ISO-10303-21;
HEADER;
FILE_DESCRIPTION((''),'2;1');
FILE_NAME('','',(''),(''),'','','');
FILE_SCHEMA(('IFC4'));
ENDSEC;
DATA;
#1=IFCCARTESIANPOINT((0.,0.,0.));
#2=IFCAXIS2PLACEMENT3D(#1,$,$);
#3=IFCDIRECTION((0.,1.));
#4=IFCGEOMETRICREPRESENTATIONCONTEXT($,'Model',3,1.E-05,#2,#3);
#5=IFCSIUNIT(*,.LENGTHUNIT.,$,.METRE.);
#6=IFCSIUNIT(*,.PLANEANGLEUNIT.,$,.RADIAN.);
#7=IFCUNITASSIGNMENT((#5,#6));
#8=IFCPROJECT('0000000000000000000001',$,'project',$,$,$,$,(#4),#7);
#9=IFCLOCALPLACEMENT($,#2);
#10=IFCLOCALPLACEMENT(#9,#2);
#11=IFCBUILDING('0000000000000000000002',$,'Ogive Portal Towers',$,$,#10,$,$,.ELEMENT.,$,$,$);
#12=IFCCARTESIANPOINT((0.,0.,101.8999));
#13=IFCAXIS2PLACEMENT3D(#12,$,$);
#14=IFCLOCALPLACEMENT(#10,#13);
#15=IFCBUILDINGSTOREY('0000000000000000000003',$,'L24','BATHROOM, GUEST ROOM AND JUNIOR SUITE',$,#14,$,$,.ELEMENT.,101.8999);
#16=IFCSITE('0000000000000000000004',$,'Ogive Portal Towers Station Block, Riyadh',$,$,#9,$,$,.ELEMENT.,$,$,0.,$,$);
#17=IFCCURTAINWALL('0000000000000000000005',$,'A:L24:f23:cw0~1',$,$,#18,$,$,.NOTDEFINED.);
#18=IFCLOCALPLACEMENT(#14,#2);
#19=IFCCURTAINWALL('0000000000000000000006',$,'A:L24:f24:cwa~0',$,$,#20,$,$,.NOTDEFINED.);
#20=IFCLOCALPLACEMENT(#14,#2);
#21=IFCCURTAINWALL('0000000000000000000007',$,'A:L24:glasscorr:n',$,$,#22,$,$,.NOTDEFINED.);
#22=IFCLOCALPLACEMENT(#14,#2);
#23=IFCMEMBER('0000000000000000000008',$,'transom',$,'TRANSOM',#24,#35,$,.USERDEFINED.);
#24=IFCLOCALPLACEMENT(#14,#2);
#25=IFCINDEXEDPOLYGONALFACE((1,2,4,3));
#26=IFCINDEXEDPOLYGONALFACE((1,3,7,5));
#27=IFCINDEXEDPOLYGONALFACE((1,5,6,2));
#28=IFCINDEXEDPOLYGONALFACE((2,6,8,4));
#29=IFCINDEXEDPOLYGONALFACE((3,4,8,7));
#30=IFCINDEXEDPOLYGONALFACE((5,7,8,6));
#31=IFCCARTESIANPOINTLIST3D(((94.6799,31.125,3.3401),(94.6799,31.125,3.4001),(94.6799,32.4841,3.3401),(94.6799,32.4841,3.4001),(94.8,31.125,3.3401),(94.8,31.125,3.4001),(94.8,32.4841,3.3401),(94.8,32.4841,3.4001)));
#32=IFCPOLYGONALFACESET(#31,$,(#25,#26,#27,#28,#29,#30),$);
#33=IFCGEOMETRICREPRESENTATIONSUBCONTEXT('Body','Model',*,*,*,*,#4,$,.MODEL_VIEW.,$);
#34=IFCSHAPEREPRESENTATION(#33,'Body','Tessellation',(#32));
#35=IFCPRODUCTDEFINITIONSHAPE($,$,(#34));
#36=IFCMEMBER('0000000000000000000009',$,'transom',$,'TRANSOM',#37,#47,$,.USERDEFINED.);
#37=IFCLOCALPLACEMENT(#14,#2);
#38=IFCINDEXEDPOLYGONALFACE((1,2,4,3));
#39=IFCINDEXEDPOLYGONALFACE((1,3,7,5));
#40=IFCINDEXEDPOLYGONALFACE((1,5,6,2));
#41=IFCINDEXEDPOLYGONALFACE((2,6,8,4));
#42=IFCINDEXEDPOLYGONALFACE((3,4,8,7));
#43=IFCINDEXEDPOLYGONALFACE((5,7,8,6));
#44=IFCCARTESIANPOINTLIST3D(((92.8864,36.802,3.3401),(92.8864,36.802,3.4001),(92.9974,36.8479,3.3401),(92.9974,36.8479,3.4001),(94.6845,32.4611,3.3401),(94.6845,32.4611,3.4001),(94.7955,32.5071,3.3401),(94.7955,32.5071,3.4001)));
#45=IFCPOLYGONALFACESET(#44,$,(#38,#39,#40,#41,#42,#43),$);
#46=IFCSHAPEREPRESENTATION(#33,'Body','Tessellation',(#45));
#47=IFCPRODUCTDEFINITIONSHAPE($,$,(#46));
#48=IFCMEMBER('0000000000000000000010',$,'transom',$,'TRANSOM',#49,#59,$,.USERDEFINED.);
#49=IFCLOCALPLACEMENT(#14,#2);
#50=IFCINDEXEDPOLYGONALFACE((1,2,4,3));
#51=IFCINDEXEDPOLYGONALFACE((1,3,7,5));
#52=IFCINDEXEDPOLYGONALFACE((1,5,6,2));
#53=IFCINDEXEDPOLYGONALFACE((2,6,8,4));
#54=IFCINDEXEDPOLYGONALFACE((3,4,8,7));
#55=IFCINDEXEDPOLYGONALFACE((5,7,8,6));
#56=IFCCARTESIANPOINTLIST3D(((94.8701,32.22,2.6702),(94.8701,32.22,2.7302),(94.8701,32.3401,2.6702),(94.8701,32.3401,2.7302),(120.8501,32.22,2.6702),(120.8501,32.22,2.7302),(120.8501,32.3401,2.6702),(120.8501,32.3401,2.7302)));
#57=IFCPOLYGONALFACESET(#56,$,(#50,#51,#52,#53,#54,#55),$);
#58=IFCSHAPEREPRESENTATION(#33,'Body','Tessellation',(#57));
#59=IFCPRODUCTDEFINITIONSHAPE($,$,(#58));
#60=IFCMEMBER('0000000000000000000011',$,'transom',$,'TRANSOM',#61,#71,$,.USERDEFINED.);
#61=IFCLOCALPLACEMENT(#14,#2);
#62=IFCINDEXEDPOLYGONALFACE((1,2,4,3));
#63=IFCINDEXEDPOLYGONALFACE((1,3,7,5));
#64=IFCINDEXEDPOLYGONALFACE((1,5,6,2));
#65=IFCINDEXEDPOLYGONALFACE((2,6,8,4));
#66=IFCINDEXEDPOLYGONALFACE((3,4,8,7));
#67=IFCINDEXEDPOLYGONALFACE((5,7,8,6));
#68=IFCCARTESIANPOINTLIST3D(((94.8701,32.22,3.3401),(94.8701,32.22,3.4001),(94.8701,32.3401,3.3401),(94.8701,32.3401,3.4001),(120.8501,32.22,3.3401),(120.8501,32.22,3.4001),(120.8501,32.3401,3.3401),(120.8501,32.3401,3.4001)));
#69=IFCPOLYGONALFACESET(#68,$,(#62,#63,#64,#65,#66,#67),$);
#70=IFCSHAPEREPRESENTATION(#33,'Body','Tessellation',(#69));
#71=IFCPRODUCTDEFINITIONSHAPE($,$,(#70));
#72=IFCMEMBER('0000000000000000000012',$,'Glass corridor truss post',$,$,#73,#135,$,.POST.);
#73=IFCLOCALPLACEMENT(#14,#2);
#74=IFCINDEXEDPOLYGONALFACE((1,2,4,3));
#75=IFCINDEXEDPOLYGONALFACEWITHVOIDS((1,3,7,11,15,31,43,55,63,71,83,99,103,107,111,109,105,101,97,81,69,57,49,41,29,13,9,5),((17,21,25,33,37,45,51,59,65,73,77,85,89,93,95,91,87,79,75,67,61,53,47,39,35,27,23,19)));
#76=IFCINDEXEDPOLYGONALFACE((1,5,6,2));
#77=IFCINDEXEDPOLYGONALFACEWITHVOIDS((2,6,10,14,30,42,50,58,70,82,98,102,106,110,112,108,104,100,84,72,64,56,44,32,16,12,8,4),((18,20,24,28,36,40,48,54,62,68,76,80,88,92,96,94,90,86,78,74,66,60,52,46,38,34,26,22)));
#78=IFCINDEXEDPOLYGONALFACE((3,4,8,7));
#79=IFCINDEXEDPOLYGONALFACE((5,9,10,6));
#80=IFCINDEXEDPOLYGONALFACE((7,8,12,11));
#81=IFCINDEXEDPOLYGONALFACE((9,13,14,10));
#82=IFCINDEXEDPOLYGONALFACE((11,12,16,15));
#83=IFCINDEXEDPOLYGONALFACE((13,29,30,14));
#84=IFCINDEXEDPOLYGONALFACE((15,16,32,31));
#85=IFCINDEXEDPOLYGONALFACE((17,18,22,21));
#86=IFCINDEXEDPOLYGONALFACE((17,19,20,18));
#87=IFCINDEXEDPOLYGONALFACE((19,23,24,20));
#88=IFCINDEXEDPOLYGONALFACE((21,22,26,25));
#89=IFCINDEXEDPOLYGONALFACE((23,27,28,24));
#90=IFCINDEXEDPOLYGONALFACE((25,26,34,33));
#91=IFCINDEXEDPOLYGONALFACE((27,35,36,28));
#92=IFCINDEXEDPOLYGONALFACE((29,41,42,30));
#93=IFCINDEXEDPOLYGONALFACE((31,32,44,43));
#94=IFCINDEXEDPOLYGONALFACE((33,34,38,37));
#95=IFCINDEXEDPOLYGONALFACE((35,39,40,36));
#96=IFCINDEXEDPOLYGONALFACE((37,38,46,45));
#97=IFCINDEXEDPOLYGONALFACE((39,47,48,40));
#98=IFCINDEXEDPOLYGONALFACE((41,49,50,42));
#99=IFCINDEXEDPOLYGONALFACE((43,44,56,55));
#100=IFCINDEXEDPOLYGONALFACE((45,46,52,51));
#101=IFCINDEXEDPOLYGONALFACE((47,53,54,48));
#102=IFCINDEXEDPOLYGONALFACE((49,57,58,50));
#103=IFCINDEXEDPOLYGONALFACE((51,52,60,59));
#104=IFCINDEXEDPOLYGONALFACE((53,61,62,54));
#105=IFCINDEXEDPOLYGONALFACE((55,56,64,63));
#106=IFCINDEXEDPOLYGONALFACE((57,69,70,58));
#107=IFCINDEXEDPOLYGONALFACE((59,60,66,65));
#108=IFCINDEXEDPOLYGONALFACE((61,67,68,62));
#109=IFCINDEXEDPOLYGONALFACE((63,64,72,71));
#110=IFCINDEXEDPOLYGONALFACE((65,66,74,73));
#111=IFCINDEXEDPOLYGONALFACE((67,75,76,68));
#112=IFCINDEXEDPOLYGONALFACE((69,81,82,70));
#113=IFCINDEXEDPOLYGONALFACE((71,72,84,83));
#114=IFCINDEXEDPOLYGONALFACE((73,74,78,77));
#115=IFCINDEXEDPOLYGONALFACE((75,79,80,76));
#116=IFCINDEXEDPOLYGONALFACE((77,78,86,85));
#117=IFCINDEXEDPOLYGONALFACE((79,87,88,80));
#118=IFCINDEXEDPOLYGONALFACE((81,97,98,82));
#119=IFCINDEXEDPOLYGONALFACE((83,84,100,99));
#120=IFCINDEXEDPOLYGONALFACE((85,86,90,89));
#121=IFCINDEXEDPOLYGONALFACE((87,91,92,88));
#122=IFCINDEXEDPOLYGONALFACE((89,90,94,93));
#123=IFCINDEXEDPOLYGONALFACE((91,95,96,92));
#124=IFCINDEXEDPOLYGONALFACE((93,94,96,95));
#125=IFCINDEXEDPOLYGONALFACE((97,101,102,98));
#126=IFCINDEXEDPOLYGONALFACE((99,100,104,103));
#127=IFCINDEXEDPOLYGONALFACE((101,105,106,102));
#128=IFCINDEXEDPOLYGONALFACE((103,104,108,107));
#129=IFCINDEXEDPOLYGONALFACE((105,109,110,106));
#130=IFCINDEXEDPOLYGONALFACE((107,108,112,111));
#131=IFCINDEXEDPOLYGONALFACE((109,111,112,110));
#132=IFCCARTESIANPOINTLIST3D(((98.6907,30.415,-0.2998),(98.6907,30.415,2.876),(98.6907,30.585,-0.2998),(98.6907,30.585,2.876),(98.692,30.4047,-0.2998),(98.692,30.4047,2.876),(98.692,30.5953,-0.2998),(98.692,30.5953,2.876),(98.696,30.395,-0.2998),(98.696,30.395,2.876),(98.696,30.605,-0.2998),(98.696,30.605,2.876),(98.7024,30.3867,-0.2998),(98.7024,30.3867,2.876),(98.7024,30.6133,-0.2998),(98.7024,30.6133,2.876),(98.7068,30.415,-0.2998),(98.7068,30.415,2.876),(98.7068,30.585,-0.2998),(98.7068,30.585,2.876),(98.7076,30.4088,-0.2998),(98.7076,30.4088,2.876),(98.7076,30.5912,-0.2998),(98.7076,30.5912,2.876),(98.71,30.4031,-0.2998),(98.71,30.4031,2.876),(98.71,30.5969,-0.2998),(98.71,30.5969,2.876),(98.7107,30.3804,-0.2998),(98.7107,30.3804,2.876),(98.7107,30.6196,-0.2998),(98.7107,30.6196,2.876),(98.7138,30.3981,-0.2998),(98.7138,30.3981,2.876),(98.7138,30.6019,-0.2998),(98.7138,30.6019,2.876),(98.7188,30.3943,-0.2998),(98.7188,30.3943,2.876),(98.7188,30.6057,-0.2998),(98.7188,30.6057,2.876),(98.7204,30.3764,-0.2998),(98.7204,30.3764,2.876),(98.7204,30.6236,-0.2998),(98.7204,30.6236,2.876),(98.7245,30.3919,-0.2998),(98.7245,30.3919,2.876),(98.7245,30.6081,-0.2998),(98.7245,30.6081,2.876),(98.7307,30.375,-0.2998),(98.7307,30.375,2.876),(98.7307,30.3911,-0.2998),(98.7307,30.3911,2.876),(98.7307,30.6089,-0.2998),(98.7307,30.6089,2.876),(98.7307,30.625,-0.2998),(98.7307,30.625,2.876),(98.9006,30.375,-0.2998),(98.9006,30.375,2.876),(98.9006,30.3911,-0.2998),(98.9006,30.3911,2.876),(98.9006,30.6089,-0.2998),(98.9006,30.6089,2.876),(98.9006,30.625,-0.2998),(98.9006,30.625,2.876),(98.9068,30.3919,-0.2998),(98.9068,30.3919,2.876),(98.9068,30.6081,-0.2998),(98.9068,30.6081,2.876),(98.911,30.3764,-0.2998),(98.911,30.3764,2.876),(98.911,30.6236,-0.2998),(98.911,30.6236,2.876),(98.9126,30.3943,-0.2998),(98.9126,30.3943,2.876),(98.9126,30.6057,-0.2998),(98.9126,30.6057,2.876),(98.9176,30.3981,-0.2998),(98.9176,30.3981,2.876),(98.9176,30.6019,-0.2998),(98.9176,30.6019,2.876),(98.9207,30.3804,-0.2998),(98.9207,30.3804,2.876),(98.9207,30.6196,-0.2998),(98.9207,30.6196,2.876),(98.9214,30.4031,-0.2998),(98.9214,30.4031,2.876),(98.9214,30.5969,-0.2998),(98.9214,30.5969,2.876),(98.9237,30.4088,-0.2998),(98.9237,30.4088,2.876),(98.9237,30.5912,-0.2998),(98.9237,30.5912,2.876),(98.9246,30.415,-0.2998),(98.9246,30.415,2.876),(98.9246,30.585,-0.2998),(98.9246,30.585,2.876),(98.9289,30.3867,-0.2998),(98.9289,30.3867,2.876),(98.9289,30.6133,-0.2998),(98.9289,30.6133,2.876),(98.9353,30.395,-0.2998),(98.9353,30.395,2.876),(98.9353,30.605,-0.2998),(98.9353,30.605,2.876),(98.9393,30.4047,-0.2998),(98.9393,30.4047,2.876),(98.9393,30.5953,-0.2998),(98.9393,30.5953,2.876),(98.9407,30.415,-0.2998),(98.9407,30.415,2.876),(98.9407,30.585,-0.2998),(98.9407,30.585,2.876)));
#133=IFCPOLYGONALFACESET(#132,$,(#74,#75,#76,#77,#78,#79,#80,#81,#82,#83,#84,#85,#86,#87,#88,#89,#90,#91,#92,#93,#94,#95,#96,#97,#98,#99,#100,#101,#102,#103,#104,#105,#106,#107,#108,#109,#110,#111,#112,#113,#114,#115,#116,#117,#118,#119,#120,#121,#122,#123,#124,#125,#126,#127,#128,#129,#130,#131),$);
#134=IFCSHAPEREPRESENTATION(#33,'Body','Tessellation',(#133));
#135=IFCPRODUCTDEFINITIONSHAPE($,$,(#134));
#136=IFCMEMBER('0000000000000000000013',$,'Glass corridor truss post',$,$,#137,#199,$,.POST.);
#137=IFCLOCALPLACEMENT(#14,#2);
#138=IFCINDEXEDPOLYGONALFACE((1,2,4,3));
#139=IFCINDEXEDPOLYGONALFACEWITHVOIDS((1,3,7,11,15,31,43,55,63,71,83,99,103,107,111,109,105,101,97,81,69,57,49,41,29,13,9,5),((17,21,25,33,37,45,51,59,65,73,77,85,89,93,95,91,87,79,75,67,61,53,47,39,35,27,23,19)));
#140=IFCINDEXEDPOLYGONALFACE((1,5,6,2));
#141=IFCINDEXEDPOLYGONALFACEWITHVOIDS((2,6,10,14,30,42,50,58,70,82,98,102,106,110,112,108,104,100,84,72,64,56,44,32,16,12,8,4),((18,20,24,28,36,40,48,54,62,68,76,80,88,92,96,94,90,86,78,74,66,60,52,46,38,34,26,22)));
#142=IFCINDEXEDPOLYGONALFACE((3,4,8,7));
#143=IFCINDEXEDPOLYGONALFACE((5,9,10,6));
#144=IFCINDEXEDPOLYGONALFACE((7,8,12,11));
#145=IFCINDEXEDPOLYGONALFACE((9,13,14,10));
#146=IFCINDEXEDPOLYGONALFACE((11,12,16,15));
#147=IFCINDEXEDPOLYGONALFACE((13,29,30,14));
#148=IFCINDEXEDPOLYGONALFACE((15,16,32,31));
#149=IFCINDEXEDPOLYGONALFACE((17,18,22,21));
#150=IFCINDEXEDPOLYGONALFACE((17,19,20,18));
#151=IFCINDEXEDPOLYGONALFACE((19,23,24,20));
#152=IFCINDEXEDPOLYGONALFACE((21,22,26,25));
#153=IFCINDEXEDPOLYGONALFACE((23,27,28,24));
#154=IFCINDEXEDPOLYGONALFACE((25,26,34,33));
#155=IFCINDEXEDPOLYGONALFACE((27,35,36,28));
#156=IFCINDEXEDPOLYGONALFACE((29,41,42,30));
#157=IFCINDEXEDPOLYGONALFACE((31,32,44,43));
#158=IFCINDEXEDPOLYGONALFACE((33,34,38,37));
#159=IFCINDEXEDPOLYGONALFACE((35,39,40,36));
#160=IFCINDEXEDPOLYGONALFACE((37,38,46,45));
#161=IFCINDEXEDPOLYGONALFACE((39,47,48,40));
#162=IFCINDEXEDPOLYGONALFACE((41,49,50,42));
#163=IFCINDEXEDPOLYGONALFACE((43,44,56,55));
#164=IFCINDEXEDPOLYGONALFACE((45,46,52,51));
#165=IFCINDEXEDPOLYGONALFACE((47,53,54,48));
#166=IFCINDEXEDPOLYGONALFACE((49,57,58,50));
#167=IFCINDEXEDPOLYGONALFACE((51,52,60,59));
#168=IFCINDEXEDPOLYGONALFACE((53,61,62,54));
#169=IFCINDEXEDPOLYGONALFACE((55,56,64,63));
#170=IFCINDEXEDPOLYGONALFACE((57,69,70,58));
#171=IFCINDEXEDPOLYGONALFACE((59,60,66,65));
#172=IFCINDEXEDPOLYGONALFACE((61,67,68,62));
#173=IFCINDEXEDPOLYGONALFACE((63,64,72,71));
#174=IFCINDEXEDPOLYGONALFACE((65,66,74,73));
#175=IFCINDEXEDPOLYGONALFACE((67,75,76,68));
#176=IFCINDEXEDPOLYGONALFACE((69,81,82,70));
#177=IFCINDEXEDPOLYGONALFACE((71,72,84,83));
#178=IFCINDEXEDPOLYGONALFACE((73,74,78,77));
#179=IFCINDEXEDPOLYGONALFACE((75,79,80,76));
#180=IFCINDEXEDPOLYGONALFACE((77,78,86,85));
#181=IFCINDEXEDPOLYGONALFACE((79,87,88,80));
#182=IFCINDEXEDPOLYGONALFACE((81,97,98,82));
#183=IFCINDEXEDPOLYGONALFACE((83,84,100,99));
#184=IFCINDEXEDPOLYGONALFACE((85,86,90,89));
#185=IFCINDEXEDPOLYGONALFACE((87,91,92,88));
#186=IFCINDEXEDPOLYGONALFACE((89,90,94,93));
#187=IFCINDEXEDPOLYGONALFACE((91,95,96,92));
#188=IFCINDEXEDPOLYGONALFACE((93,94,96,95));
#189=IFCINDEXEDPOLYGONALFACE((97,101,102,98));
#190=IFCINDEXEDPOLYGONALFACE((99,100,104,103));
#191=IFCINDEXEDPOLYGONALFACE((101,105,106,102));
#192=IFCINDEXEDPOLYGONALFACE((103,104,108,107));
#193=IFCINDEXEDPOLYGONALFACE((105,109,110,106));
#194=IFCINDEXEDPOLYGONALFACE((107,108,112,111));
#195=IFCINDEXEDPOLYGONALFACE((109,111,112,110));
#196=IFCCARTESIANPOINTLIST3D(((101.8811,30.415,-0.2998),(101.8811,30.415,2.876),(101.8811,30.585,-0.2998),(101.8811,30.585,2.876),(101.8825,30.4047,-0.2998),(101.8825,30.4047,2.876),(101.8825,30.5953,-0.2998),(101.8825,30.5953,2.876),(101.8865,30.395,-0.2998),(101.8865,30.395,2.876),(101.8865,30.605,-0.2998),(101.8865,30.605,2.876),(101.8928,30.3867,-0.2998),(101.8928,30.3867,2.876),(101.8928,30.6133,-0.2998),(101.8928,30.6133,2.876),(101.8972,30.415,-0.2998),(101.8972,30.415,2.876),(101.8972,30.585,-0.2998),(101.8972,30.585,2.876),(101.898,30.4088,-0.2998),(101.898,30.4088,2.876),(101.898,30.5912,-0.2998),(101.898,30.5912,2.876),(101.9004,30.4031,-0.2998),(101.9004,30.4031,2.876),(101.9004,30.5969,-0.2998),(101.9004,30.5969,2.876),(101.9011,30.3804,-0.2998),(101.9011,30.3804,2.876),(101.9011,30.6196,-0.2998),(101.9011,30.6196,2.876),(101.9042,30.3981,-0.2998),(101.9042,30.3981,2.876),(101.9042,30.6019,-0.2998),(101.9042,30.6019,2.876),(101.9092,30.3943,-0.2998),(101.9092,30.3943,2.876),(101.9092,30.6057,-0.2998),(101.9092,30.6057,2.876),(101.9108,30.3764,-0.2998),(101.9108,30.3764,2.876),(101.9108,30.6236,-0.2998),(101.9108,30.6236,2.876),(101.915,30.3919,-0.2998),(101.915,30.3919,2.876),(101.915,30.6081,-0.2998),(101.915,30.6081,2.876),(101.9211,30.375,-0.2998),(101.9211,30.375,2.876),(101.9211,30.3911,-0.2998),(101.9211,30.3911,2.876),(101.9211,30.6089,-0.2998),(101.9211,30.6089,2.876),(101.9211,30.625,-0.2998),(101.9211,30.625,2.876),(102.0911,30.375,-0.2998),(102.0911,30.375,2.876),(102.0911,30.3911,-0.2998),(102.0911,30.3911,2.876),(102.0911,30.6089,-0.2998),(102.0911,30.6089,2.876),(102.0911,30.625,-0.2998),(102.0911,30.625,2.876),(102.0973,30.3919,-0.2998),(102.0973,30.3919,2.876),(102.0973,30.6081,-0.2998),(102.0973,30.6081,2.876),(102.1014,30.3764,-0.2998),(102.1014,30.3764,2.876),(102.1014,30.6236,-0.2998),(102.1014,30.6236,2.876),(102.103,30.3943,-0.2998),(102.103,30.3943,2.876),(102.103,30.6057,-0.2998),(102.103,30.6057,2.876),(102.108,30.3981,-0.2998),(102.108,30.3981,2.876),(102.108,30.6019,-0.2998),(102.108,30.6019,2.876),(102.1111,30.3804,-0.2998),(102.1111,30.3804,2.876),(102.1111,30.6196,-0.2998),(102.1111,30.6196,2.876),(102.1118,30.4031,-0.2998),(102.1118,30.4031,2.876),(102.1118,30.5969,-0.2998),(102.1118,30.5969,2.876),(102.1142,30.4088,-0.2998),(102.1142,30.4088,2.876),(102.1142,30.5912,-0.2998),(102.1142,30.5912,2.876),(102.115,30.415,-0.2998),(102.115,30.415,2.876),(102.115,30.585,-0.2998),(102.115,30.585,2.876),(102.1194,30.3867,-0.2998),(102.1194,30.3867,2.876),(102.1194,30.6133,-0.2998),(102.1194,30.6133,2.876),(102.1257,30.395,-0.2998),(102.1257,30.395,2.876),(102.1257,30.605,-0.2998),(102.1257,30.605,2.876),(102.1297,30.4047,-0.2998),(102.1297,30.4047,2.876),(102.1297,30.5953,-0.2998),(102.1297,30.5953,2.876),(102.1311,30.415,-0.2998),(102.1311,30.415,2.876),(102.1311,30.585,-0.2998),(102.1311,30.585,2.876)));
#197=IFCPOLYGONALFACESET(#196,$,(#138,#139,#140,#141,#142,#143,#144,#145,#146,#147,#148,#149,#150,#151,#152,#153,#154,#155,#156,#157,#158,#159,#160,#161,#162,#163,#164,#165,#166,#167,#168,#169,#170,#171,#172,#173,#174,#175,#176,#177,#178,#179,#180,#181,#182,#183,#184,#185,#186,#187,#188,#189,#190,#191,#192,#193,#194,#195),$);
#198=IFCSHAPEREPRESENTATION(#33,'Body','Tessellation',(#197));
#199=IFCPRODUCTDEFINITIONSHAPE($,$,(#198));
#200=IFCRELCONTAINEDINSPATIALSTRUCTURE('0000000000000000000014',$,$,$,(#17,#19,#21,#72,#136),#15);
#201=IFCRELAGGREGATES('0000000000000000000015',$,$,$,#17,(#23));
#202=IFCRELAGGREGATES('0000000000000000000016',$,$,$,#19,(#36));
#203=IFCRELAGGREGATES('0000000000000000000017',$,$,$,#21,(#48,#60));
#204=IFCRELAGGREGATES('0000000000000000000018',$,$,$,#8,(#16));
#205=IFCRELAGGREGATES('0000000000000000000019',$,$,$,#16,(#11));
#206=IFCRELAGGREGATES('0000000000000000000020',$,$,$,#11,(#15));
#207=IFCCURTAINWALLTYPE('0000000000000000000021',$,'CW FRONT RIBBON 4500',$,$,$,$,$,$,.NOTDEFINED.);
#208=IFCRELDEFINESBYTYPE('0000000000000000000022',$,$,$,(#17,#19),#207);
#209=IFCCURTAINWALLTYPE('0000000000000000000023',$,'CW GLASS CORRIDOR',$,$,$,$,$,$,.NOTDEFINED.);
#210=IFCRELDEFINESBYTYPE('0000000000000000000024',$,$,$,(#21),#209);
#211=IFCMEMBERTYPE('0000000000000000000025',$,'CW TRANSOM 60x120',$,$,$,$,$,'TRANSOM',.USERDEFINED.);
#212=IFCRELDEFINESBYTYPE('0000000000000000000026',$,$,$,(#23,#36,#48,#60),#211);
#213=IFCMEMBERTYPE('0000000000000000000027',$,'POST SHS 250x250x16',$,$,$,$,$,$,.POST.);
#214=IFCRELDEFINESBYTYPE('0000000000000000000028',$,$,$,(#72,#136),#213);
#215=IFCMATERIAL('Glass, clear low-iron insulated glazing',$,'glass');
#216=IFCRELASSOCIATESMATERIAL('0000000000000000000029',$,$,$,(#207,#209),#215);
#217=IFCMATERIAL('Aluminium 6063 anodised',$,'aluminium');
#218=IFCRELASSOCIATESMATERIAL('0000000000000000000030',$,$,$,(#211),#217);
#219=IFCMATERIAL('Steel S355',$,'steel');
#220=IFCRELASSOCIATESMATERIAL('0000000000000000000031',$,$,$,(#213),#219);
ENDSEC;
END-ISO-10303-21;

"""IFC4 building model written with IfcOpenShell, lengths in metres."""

from ifc_helpers import new_model, si_unit, direction, frame, origin, origin_2d, place, context, subcontext, project, spatial, rectangle, hollow_rectangle, extrude, material, material_profile, profile_set, type_object, element, aggregate, save


model = new_model("IFC4")

# Units and contexts
model_context = context("Model", 3, precision=1e-05, world=origin(), true_north=direction((0.0, 1.0)))
body_context = subcontext(model_context, "Body", "Model", "MODEL_VIEW")
ifc_project = project(units=[si_unit("LENGTHUNIT", "METRE"), si_unit("PLANEANGLEUNIT", "RADIAN")], contexts=[model_context])

# Site, building, storey
site_placement = place(None, origin())
site = spatial("IfcSite", under=ifc_project, at=site_placement, Name="Ogive Portal Towers Station Block, Riyadh", CompositionType="ELEMENT", RefElevation=0.0)
building_placement = place(site_placement, origin())
building = spatial("IfcBuilding", under=site, at=building_placement, Name="Ogive Portal Towers", CompositionType="ELEMENT")
storey_placement = place(building_placement, frame((0.0, 0.0, 101.8999)))
storey = spatial("IfcBuildingStorey", under=building, at=storey_placement, Name="L24", Description="BATHROOM, GUEST ROOM AND JUNIOR SUITE", CompositionType="ELEMENT", Elevation=101.8999)

# Shared definitions
ifc_material_1 = material(Name="Steel S355", Category="steel")

# Curtain wall
ifc_material_2 = material(Name="Glass, clear low-iron insulated glazing", Category="glass")
curtain_wall_type_1 = type_object("IfcCurtainWallType", Name="CW FRONT RIBBON 4500", PredefinedType="NOTDEFINED", material=ifc_material_2)
curtain_wall_1_placement = place(storey_placement, origin())
curtain_wall_1 = element("IfcCurtainWall", 1, at=curtain_wall_1_placement, inside=storey, type_object=curtain_wall_type_1, Name="A:L24:f23:cw0~1", PredefinedType="NOTDEFINED")
ifc_material_3 = material(Name="Aluminium 6063 anodised", Category="aluminium")

# Curtain wall
curtain_wall_2_placement = place(storey_placement, origin())
curtain_wall_2 = element("IfcCurtainWall", 2, at=curtain_wall_2_placement, inside=storey, type_object=curtain_wall_type_1, Name="A:L24:f24:cwa~0", PredefinedType="NOTDEFINED")

# Curtain wall
curtain_wall_type_2 = type_object("IfcCurtainWallType", Name="CW GLASS CORRIDOR", PredefinedType="NOTDEFINED", material=ifc_material_2)
curtain_wall_3_placement = place(storey_placement, origin())
curtain_wall_3 = element("IfcCurtainWall", 3, at=curtain_wall_3_placement, inside=storey, type_object=curtain_wall_type_2, Name="A:L24:glasscorr:n", PredefinedType="NOTDEFINED")

# Members
ifc_material_profile_1 = material_profile(ifc_material_3, rectangle(XDim=0.1201, YDim=0.0601, at=origin_2d()), Name="AL 120x60")
ifc_profile_set_1 = profile_set([ifc_material_profile_1], Name="Aluminium 6063 anodised")
member_type_1 = type_object("IfcMemberType", Name="CW TRANSOM 60x120", ElementType="TRANSOM", PredefinedType="USERDEFINED", material=ifc_profile_set_1)
member_1_placement = place(storey_placement, frame((94.74, 31.125, 3.3701), z_axis=(0.0, 1.0, 0.0), x_axis=(-1.0, 0.0, 0.0)))
member_1 = element("IfcMember", 4, at=member_1_placement, type_object=member_type_1, Name="transom", ObjectType="TRANSOM", PredefinedType="USERDEFINED", context=body_context, shape_type="SweptSolid", body=[
    extrude(rectangle(XDim=0.1201, YDim=0.0601, at=origin_2d()), origin(), (0.0, 0.0, 1.0), 1.3591),
])
member_2_placement = place(storey_placement, frame((94.74, 32.4841, 3.3701), z_axis=(-0.382696, 0.923874, 0.0), x_axis=(-0.923874, -0.382696, 0.0)))
member_2 = element("IfcMember", 5, at=member_2_placement, type_object=member_type_1, Name="transom", ObjectType="TRANSOM", PredefinedType="USERDEFINED", context=body_context, shape_type="SweptSolid", body=[
    extrude(rectangle(XDim=0.1201, YDim=0.0601, at=origin_2d()), origin(), (0.0, 0.0, 1.0), 4.6985),
])
member_3_placement = place(storey_placement, frame((94.8701, 32.28, 2.7002), z_axis=(1.0, 0.0, 0.0), x_axis=(0.0, 1.0, 0.0)))
member_3 = element("IfcMember", 6, at=member_3_placement, type_object=member_type_1, Name="transom", ObjectType="TRANSOM", PredefinedType="USERDEFINED", context=body_context, shape_type="SweptSolid", body=[
    extrude(rectangle(XDim=0.1201, YDim=0.0601, at=origin_2d()), origin(), (0.0, 0.0, 1.0), 25.98),
])
member_4_placement = place(storey_placement, frame((94.8701, 32.28, 3.3701), z_axis=(1.0, 0.0, 0.0), x_axis=(0.0, 1.0, 0.0)))
member_4 = element("IfcMember", 7, at=member_4_placement, type_object=member_type_1, Name="transom", ObjectType="TRANSOM", PredefinedType="USERDEFINED", context=body_context, shape_type="SweptSolid", body=[
    extrude(rectangle(XDim=0.1201, YDim=0.0601, at=origin_2d()), origin(), (0.0, 0.0, 1.0), 25.98),
])

# Members
ifc_material_profile_2 = material_profile(ifc_material_1, hollow_rectangle(XDim=0.25, YDim=0.25, WallThickness=0.0161, InnerFilletRadius=0.0239, OuterFilletRadius=0.04, at=origin_2d()), Name="SHS 250x250x16")
ifc_profile_set_2 = profile_set([ifc_material_profile_2], Name="Steel S355")
member_type_2 = type_object("IfcMemberType", Name="POST SHS 250x250x16", PredefinedType="POST", material=ifc_profile_set_2)
for number, where, z_axis, x_axis, name in (
    (8, (98.8157, 30.5, -0.2998), (0.0, 0.0, 1.0), (1.0, 0.0, 0.0), "Glass corridor truss post"),
    (9, (102.0061, 30.5, -0.2998), (0.0, 0.0, 1.0), (1.0, 0.0, 0.0), "Glass corridor truss post"),
):
    element("IfcMember", number, at=place(storey_placement, frame(where, z_axis=z_axis, x_axis=x_axis)), inside=storey, type_object=member_type_2, Name=name, PredefinedType="POST", context=body_context, shape_type="SweptSolid", body=[
        extrude(hollow_rectangle(XDim=0.25, YDim=0.25, WallThickness=0.0161, InnerFilletRadius=0.0239, OuterFilletRadius=0.04, at=origin_2d()), origin(), (0.0, 0.0, 1.0), 3.1758),
    ])

aggregate(curtain_wall_1, [member_1])
aggregate(curtain_wall_2, [member_2])
aggregate(curtain_wall_3, [member_3, member_4])

save(model, "model.ifc")
